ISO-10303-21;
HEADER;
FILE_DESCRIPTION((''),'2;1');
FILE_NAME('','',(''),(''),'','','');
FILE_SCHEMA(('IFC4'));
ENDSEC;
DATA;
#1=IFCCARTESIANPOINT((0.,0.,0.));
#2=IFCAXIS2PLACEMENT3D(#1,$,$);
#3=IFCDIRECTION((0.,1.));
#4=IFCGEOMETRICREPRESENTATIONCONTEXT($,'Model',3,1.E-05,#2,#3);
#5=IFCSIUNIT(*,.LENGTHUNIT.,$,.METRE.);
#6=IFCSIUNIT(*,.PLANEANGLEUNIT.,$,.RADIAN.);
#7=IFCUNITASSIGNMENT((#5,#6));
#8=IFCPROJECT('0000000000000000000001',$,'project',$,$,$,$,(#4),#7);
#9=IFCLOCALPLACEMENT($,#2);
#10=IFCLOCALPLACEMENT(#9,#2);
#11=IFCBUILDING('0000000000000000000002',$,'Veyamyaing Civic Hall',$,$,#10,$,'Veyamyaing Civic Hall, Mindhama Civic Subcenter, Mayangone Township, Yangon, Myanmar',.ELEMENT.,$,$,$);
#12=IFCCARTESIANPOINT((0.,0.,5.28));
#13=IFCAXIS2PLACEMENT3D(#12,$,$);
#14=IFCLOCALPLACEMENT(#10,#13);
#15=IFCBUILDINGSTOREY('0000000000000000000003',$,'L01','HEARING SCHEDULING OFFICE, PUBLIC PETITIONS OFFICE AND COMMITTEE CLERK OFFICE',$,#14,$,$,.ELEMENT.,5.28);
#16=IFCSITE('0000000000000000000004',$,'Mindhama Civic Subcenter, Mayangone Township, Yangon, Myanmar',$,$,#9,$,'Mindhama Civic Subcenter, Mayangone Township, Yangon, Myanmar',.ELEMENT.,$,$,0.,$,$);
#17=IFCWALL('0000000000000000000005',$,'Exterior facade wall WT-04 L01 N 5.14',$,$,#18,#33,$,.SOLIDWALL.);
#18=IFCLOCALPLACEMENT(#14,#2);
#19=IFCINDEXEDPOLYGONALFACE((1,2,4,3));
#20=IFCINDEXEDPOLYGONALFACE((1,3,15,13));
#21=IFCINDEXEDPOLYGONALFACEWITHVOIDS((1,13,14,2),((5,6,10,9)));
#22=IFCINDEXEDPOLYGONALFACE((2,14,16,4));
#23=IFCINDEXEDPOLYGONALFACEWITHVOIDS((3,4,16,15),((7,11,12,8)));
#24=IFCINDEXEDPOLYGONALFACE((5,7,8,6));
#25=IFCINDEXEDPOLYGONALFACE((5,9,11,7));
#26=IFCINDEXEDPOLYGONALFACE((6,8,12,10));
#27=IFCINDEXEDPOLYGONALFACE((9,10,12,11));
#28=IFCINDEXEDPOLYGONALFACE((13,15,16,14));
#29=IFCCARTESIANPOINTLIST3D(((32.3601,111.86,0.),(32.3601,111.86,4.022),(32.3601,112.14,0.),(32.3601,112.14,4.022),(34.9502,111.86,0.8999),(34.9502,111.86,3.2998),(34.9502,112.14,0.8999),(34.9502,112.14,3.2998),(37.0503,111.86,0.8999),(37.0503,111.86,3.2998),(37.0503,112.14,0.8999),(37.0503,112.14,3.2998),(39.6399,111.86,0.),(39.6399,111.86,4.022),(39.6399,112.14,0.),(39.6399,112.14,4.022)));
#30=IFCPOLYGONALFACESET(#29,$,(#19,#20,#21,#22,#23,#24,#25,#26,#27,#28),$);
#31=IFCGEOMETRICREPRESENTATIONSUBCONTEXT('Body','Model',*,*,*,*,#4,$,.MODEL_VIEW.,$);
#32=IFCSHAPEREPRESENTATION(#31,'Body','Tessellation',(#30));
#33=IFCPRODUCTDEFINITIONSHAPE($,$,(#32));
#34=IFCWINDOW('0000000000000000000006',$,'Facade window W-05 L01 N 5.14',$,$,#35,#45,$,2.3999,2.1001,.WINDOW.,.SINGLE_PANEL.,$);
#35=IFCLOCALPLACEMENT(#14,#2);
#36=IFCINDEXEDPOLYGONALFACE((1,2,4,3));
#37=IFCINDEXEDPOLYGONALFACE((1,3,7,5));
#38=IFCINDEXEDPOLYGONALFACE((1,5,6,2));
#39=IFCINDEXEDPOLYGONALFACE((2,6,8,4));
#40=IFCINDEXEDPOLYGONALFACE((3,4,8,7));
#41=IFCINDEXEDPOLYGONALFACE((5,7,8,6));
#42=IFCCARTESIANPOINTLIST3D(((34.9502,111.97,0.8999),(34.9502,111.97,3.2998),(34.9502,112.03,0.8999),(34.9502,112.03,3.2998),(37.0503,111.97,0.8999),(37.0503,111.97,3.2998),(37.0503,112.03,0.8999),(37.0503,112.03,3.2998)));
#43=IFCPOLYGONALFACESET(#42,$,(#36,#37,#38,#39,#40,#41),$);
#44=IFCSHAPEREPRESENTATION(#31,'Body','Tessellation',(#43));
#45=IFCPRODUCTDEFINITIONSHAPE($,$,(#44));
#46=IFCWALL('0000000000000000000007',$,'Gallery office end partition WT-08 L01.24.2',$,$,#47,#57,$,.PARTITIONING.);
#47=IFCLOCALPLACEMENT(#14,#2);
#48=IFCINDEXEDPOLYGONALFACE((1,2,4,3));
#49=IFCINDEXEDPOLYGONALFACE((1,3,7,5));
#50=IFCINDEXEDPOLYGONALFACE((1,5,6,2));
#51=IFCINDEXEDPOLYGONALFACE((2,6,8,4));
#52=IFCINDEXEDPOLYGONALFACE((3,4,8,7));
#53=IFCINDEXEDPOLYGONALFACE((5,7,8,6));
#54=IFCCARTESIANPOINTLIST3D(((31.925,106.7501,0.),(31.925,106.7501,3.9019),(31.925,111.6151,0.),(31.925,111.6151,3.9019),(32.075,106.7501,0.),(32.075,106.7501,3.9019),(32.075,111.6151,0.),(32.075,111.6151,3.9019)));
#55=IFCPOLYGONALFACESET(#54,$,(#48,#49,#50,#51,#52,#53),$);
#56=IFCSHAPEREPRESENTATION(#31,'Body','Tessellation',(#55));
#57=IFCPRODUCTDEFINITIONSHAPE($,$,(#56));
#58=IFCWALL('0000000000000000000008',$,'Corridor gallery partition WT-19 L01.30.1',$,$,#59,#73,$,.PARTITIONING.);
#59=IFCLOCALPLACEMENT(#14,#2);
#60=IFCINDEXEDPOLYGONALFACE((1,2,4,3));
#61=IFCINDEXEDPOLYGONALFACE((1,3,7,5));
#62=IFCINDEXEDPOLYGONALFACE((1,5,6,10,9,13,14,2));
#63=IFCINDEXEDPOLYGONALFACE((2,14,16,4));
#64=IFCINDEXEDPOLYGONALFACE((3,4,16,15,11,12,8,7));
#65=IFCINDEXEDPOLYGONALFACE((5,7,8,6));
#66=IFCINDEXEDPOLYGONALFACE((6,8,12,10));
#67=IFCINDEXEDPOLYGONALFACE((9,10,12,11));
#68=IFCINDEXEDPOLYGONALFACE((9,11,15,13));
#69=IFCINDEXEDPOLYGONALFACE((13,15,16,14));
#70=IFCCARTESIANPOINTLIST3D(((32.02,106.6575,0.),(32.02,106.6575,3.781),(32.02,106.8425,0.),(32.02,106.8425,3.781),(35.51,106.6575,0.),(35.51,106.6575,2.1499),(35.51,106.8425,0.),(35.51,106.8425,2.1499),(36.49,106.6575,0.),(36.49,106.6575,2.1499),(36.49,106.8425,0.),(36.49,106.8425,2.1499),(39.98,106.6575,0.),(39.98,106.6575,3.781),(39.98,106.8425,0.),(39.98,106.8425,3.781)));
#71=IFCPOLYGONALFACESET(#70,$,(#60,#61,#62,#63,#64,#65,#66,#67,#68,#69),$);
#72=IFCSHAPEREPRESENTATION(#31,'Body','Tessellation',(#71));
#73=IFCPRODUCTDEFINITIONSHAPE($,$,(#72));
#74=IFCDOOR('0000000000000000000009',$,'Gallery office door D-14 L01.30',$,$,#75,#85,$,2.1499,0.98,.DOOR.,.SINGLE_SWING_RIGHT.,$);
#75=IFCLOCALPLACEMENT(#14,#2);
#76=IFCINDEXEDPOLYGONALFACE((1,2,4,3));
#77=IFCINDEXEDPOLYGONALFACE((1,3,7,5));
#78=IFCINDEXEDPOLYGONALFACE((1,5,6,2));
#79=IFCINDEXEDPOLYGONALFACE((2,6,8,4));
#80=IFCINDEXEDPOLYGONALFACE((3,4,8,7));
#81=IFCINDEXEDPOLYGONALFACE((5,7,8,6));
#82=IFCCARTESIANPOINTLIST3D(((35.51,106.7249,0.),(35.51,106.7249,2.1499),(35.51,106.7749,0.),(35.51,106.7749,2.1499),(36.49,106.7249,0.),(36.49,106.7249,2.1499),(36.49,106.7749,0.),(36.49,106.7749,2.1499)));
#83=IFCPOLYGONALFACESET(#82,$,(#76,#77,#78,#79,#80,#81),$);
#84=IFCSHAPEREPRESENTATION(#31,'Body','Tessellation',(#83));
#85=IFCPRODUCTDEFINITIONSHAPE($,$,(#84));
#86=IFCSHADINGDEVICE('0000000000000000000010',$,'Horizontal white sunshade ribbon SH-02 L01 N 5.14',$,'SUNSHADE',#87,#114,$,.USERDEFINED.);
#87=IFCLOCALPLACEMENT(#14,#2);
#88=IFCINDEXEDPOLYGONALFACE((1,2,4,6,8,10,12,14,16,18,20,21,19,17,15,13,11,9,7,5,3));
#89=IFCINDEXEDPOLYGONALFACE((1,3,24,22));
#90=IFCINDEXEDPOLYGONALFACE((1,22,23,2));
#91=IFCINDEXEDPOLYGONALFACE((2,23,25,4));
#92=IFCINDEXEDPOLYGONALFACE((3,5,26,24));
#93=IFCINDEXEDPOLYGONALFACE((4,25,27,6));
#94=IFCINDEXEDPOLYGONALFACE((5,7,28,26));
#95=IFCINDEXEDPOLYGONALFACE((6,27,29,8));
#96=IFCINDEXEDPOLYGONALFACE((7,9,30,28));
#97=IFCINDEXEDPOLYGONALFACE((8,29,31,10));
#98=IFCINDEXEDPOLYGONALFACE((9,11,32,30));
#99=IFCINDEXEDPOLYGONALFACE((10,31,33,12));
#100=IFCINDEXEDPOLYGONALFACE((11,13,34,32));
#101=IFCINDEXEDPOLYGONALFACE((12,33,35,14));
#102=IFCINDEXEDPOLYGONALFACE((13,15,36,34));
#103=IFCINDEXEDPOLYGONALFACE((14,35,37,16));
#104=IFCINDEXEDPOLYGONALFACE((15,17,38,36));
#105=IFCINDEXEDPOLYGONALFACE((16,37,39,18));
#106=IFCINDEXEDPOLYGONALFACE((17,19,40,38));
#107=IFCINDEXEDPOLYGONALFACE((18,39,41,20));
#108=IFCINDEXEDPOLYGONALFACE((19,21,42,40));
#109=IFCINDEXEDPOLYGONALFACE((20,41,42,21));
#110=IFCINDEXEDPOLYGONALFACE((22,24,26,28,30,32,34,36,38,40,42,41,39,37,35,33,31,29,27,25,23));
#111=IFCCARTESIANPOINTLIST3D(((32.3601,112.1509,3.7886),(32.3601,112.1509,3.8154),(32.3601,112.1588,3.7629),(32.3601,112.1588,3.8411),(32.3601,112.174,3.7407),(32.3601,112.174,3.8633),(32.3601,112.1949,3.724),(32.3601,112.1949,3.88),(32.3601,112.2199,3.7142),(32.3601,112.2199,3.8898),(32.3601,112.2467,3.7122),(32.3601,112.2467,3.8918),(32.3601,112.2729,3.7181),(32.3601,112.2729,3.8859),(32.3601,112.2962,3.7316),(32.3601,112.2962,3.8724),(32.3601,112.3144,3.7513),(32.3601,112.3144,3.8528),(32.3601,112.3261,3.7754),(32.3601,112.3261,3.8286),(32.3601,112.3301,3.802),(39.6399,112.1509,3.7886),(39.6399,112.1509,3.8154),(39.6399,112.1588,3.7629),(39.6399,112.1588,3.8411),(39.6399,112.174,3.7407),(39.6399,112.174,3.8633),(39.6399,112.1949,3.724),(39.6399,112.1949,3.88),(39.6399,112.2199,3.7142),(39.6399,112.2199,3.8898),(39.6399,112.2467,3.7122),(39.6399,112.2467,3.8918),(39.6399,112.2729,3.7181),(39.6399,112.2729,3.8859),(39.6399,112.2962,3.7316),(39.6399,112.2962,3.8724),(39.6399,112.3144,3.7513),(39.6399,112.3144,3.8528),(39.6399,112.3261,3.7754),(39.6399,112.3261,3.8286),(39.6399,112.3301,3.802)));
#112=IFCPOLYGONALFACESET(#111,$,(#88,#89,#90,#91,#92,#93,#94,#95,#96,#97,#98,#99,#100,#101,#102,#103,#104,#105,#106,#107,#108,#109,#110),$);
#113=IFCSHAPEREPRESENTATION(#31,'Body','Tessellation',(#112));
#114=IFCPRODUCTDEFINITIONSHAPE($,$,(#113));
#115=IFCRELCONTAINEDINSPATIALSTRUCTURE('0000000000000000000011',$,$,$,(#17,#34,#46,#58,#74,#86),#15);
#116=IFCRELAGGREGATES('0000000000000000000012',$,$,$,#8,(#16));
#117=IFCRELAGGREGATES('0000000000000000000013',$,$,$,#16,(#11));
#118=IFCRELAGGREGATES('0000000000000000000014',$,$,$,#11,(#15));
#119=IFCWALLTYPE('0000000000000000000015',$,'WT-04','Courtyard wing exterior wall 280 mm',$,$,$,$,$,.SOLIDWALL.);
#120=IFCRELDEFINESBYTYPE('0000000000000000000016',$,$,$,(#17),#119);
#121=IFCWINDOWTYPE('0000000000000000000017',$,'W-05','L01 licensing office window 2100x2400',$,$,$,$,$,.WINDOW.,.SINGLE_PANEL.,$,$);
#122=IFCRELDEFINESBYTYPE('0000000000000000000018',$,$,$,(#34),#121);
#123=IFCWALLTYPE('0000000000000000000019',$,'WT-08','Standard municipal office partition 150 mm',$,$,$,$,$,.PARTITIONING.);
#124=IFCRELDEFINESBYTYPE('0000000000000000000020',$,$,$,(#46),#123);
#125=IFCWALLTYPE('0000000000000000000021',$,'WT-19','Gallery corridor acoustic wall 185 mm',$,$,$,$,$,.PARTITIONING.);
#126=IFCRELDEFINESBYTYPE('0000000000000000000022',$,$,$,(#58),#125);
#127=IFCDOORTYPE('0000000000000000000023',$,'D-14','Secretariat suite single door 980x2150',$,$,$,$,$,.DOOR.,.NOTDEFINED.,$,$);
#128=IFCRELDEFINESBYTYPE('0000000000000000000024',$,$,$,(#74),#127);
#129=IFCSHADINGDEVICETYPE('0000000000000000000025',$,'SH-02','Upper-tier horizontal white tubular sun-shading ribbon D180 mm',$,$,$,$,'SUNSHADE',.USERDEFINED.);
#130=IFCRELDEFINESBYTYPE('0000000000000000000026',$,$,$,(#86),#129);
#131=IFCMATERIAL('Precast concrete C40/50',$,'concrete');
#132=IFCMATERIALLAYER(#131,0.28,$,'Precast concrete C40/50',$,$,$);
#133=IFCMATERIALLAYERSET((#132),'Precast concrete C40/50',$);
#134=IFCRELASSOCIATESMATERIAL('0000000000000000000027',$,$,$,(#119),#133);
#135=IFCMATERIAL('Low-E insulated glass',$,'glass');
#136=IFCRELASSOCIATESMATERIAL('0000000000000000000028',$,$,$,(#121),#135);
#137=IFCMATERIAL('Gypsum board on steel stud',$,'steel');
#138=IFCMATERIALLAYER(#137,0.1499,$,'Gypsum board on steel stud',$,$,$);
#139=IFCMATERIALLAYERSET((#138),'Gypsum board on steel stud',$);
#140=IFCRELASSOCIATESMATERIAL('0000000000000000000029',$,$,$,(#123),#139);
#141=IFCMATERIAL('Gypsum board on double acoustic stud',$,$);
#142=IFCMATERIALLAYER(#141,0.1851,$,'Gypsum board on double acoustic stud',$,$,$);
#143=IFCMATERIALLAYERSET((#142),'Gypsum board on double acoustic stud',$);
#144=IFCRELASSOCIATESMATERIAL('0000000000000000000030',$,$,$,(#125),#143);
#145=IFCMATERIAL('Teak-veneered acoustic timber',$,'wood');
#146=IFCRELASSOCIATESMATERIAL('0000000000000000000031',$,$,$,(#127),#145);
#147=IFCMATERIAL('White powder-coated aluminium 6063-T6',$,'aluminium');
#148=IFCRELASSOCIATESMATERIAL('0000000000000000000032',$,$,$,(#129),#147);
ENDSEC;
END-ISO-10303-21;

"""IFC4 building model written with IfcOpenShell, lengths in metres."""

from ifc_helpers import new_model, si_unit, direction, frame, frame_2d, origin, origin_2d, place, context, subcontext, project, spatial, rectangle, circle, extrude, material, layer, layer_set, material_profile, profile_set, type_object, element, fill, save


model = new_model("IFC4")

# Units and contexts
model_context = context("Model", 3, precision=1e-05, world=origin(), true_north=direction((0.0, 1.0)))
body_context = subcontext(model_context, "Body", "Model", "MODEL_VIEW")
ifc_project = project(units=[si_unit("LENGTHUNIT", "METRE"), si_unit("PLANEANGLEUNIT", "RADIAN")], contexts=[model_context])

# Site, building, storey
site_placement = place(None, origin())
site = spatial("IfcSite", under=ifc_project, at=site_placement, Name="Mindhama Civic Subcenter, Mayangone Township, Yangon, Myanmar", LongName="Mindhama Civic Subcenter, Mayangone Township, Yangon, Myanmar", CompositionType="ELEMENT", RefElevation=0.0)
building_placement = place(site_placement, origin())
building = spatial("IfcBuilding", under=site, at=building_placement, Name="Veyamyaing Civic Hall", LongName="Veyamyaing Civic Hall, Mindhama Civic Subcenter, Mayangone Township, Yangon, Myanmar", CompositionType="ELEMENT")
storey_placement = place(building_placement, frame((0.0, 0.0, 5.28)))
storey = spatial("IfcBuildingStorey", under=building, at=storey_placement, Name="L01", Description="HEARING SCHEDULING OFFICE, PUBLIC PETITIONS OFFICE AND COMMITTEE CLERK OFFICE", CompositionType="ELEMENT", Elevation=5.28)

# Shared definitions
ifc_material_1 = material(Name="Low-E insulated glass", Category="glass")

# Wall, opening, window
ifc_material_2 = material(Name="Precast concrete C40/50", Category="concrete")
ifc_layer_1 = layer(ifc_material_2, 0.28, Name="Precast concrete C40/50")
ifc_layer_set_1 = layer_set([ifc_layer_1], Name="Precast concrete C40/50")
wall_type_1 = type_object("IfcWallType", Name="WT-04", Description="Courtyard wing exterior wall 280 mm", PredefinedType="SOLIDWALL", material=ifc_layer_set_1)
wall_1_placement = place(storey_placement, frame((32.3601, 112.0, 0.0), z_axis=(0.0, 0.0, 1.0), x_axis=(1.0, 0.0, 0.0)))
wall_1 = element("IfcWall", 1, at=wall_1_placement, inside=storey, type_object=wall_type_1, Name="Exterior facade wall WT-04 L01 N 5.14", PredefinedType="SOLIDWALL", context=body_context, shape_type="SweptSolid", body=[
    extrude(rectangle(XDim=7.2798, YDim=0.28, at=frame_2d((3.6399, 0.0))), origin(), (0.0, 0.0, 1.0), 4.022),
])
opening_1_placement = place(wall_1_placement, frame((2.5901, 0.0, 0.8999)))
opening_1 = element("IfcOpeningElement", 2, at=opening_1_placement, cuts=wall_1, PredefinedType="OPENING", context=body_context, shape_type="SweptSolid", body=[
    extrude(rectangle(XDim=2.1001, YDim=2.3999, at=frame_2d((1.05, 1.2))), frame((0.0, 0.1499, 0.0), z_axis=(0.0, -1.0, 0.0), x_axis=(1.0, 0.0, 0.0)), (0.0, 0.0, 1.0), 0.3),
])
window_type = type_object("IfcWindowType", Name="W-05", Description="L01 licensing office window 2100x2400", PartitioningType="SINGLE_PANEL", PredefinedType="WINDOW", material=ifc_material_1)
window_placement = place(opening_1_placement, origin())
window = element("IfcWindow", 3, at=window_placement, inside=storey, type_object=window_type, Name="Facade window W-05 L01 N 5.14", OverallHeight=2.3999, OverallWidth=2.1001, PartitioningType="SINGLE_PANEL", PredefinedType="WINDOW", context=body_context, shape_type="SweptSolid", body=[
    extrude(rectangle(XDim=2.1001, YDim=2.3999, at=frame_2d((1.05, 1.2))), frame((0.0, 0.03, 0.0), z_axis=(0.0, -1.0, 0.0), x_axis=(1.0, 0.0, 0.0)), (0.0, 0.0, 1.0), 0.0601),
])
fill(opening_1, window)

# Wall
ifc_material_3 = material(Name="Gypsum board on steel stud", Category="steel")
ifc_layer_2 = layer(ifc_material_3, 0.1499, Name="Gypsum board on steel stud")
ifc_layer_set_2 = layer_set([ifc_layer_2], Name="Gypsum board on steel stud")
wall_type_2 = type_object("IfcWallType", Name="WT-08", Description="Standard municipal office partition 150 mm", PredefinedType="PARTITIONING", material=ifc_layer_set_2)
wall_2_placement = place(storey_placement, frame((32.0, 106.75, 0.0), z_axis=(0.0, 0.0, 1.0), x_axis=(0.0, 1.0, 0.0)))
element("IfcWall", 4, at=wall_2_placement, inside=storey, type_object=wall_type_2, Name="Gallery office end partition WT-08 L01.24.2", PredefinedType="PARTITIONING", context=body_context, shape_type="SweptSolid", body=[
    extrude(rectangle(XDim=4.865, YDim=0.1499, at=frame_2d((2.4326, 0.0))), origin(), (0.0, 0.0, 1.0), 3.9019),
])

# Wall, opening, door
ifc_material_4 = material(Name="Gypsum board on double acoustic stud")
ifc_layer_3 = layer(ifc_material_4, 0.1851, Name="Gypsum board on double acoustic stud")
ifc_layer_set_3 = layer_set([ifc_layer_3], Name="Gypsum board on double acoustic stud")
wall_type_3 = type_object("IfcWallType", Name="WT-19", Description="Gallery corridor acoustic wall 185 mm", PredefinedType="PARTITIONING", material=ifc_layer_set_3)
wall_3_placement = place(storey_placement, frame((32.02, 106.75, 0.0), z_axis=(0.0, 0.0, 1.0), x_axis=(1.0, 0.0, 0.0)))
wall_3 = element("IfcWall", 5, at=wall_3_placement, inside=storey, type_object=wall_type_3, Name="Corridor gallery partition WT-19 L01.30.1", PredefinedType="PARTITIONING", context=body_context, shape_type="SweptSolid", body=[
    extrude(rectangle(XDim=7.96, YDim=0.1851, at=frame_2d((3.98, 0.0))), origin(), (0.0, 0.0, 1.0), 3.781),
])
opening_2_placement = place(wall_3_placement, frame((3.49, 0.0, 0.0)))
opening_2 = element("IfcOpeningElement", 6, at=opening_2_placement, cuts=wall_3, PredefinedType="OPENING", context=body_context, shape_type="SweptSolid", body=[
    extrude(rectangle(XDim=0.98, YDim=2.1499, at=frame_2d((0.49, 1.075))), frame((0.0, 0.1025, 0.0), z_axis=(0.0, -1.0, 0.0), x_axis=(1.0, 0.0, 0.0)), (0.0, 0.0, 1.0), 0.2051),
])
ifc_material_5 = material(Name="Teak-veneered acoustic timber", Category="wood")
door_type = type_object("IfcDoorType", Name="D-14", Description="Secretariat suite single door 980x2150", OperationType="NOTDEFINED", PredefinedType="DOOR", material=ifc_material_5)
door_placement = place(opening_2_placement, origin())
door = element("IfcDoor", 7, at=door_placement, inside=storey, type_object=door_type, Name="Gallery office door D-14 L01.30", OperationType="SINGLE_SWING_RIGHT", OverallHeight=2.1499, OverallWidth=0.98, PredefinedType="DOOR", context=body_context, shape_type="SweptSolid", body=[
    extrude(rectangle(XDim=0.98, YDim=2.1499, at=frame_2d((0.49, 1.075))), frame((0.0, 0.0249, 0.0), z_axis=(0.0, -1.0, 0.0), x_axis=(1.0, 0.0, 0.0)), (0.0, 0.0, 1.0), 0.05),
])
fill(opening_2, door)

# Shading device
ifc_material_6 = material(Name="White powder-coated aluminium 6063-T6", Category="aluminium")
ifc_material_profile_1 = material_profile(ifc_material_6, circle(Radius=0.0901, at=origin_2d()), Name="SHADE-TUBE-180")
ifc_profile_set_1 = profile_set([ifc_material_profile_1], Name="White powder-coated aluminium 6063-T6")
shading_device_type = type_object("IfcShadingDeviceType", Name="SH-02", Description="Upper-tier horizontal white tubular sun-shading ribbon D180 mm", ElementType="SUNSHADE", PredefinedType="USERDEFINED", material=ifc_profile_set_1)
shading_device_placement = place(storey_placement, frame((32.3601, 112.24, 3.802), z_axis=(1.0, 0.0, 0.0), x_axis=(0.0, 1.0, 0.0)))
element("IfcShadingDevice", 8, at=shading_device_placement, inside=storey, type_object=shading_device_type, Name="Horizontal white sunshade ribbon SH-02 L01 N 5.14", ObjectType="SUNSHADE", PredefinedType="USERDEFINED", context=body_context, shape_type="SweptSolid", body=[
    extrude(circle(Radius=0.0901, at=origin_2d()), origin(), (0.0, 0.0, 1.0), 7.2798),
])

save(model, "model.ifc")
